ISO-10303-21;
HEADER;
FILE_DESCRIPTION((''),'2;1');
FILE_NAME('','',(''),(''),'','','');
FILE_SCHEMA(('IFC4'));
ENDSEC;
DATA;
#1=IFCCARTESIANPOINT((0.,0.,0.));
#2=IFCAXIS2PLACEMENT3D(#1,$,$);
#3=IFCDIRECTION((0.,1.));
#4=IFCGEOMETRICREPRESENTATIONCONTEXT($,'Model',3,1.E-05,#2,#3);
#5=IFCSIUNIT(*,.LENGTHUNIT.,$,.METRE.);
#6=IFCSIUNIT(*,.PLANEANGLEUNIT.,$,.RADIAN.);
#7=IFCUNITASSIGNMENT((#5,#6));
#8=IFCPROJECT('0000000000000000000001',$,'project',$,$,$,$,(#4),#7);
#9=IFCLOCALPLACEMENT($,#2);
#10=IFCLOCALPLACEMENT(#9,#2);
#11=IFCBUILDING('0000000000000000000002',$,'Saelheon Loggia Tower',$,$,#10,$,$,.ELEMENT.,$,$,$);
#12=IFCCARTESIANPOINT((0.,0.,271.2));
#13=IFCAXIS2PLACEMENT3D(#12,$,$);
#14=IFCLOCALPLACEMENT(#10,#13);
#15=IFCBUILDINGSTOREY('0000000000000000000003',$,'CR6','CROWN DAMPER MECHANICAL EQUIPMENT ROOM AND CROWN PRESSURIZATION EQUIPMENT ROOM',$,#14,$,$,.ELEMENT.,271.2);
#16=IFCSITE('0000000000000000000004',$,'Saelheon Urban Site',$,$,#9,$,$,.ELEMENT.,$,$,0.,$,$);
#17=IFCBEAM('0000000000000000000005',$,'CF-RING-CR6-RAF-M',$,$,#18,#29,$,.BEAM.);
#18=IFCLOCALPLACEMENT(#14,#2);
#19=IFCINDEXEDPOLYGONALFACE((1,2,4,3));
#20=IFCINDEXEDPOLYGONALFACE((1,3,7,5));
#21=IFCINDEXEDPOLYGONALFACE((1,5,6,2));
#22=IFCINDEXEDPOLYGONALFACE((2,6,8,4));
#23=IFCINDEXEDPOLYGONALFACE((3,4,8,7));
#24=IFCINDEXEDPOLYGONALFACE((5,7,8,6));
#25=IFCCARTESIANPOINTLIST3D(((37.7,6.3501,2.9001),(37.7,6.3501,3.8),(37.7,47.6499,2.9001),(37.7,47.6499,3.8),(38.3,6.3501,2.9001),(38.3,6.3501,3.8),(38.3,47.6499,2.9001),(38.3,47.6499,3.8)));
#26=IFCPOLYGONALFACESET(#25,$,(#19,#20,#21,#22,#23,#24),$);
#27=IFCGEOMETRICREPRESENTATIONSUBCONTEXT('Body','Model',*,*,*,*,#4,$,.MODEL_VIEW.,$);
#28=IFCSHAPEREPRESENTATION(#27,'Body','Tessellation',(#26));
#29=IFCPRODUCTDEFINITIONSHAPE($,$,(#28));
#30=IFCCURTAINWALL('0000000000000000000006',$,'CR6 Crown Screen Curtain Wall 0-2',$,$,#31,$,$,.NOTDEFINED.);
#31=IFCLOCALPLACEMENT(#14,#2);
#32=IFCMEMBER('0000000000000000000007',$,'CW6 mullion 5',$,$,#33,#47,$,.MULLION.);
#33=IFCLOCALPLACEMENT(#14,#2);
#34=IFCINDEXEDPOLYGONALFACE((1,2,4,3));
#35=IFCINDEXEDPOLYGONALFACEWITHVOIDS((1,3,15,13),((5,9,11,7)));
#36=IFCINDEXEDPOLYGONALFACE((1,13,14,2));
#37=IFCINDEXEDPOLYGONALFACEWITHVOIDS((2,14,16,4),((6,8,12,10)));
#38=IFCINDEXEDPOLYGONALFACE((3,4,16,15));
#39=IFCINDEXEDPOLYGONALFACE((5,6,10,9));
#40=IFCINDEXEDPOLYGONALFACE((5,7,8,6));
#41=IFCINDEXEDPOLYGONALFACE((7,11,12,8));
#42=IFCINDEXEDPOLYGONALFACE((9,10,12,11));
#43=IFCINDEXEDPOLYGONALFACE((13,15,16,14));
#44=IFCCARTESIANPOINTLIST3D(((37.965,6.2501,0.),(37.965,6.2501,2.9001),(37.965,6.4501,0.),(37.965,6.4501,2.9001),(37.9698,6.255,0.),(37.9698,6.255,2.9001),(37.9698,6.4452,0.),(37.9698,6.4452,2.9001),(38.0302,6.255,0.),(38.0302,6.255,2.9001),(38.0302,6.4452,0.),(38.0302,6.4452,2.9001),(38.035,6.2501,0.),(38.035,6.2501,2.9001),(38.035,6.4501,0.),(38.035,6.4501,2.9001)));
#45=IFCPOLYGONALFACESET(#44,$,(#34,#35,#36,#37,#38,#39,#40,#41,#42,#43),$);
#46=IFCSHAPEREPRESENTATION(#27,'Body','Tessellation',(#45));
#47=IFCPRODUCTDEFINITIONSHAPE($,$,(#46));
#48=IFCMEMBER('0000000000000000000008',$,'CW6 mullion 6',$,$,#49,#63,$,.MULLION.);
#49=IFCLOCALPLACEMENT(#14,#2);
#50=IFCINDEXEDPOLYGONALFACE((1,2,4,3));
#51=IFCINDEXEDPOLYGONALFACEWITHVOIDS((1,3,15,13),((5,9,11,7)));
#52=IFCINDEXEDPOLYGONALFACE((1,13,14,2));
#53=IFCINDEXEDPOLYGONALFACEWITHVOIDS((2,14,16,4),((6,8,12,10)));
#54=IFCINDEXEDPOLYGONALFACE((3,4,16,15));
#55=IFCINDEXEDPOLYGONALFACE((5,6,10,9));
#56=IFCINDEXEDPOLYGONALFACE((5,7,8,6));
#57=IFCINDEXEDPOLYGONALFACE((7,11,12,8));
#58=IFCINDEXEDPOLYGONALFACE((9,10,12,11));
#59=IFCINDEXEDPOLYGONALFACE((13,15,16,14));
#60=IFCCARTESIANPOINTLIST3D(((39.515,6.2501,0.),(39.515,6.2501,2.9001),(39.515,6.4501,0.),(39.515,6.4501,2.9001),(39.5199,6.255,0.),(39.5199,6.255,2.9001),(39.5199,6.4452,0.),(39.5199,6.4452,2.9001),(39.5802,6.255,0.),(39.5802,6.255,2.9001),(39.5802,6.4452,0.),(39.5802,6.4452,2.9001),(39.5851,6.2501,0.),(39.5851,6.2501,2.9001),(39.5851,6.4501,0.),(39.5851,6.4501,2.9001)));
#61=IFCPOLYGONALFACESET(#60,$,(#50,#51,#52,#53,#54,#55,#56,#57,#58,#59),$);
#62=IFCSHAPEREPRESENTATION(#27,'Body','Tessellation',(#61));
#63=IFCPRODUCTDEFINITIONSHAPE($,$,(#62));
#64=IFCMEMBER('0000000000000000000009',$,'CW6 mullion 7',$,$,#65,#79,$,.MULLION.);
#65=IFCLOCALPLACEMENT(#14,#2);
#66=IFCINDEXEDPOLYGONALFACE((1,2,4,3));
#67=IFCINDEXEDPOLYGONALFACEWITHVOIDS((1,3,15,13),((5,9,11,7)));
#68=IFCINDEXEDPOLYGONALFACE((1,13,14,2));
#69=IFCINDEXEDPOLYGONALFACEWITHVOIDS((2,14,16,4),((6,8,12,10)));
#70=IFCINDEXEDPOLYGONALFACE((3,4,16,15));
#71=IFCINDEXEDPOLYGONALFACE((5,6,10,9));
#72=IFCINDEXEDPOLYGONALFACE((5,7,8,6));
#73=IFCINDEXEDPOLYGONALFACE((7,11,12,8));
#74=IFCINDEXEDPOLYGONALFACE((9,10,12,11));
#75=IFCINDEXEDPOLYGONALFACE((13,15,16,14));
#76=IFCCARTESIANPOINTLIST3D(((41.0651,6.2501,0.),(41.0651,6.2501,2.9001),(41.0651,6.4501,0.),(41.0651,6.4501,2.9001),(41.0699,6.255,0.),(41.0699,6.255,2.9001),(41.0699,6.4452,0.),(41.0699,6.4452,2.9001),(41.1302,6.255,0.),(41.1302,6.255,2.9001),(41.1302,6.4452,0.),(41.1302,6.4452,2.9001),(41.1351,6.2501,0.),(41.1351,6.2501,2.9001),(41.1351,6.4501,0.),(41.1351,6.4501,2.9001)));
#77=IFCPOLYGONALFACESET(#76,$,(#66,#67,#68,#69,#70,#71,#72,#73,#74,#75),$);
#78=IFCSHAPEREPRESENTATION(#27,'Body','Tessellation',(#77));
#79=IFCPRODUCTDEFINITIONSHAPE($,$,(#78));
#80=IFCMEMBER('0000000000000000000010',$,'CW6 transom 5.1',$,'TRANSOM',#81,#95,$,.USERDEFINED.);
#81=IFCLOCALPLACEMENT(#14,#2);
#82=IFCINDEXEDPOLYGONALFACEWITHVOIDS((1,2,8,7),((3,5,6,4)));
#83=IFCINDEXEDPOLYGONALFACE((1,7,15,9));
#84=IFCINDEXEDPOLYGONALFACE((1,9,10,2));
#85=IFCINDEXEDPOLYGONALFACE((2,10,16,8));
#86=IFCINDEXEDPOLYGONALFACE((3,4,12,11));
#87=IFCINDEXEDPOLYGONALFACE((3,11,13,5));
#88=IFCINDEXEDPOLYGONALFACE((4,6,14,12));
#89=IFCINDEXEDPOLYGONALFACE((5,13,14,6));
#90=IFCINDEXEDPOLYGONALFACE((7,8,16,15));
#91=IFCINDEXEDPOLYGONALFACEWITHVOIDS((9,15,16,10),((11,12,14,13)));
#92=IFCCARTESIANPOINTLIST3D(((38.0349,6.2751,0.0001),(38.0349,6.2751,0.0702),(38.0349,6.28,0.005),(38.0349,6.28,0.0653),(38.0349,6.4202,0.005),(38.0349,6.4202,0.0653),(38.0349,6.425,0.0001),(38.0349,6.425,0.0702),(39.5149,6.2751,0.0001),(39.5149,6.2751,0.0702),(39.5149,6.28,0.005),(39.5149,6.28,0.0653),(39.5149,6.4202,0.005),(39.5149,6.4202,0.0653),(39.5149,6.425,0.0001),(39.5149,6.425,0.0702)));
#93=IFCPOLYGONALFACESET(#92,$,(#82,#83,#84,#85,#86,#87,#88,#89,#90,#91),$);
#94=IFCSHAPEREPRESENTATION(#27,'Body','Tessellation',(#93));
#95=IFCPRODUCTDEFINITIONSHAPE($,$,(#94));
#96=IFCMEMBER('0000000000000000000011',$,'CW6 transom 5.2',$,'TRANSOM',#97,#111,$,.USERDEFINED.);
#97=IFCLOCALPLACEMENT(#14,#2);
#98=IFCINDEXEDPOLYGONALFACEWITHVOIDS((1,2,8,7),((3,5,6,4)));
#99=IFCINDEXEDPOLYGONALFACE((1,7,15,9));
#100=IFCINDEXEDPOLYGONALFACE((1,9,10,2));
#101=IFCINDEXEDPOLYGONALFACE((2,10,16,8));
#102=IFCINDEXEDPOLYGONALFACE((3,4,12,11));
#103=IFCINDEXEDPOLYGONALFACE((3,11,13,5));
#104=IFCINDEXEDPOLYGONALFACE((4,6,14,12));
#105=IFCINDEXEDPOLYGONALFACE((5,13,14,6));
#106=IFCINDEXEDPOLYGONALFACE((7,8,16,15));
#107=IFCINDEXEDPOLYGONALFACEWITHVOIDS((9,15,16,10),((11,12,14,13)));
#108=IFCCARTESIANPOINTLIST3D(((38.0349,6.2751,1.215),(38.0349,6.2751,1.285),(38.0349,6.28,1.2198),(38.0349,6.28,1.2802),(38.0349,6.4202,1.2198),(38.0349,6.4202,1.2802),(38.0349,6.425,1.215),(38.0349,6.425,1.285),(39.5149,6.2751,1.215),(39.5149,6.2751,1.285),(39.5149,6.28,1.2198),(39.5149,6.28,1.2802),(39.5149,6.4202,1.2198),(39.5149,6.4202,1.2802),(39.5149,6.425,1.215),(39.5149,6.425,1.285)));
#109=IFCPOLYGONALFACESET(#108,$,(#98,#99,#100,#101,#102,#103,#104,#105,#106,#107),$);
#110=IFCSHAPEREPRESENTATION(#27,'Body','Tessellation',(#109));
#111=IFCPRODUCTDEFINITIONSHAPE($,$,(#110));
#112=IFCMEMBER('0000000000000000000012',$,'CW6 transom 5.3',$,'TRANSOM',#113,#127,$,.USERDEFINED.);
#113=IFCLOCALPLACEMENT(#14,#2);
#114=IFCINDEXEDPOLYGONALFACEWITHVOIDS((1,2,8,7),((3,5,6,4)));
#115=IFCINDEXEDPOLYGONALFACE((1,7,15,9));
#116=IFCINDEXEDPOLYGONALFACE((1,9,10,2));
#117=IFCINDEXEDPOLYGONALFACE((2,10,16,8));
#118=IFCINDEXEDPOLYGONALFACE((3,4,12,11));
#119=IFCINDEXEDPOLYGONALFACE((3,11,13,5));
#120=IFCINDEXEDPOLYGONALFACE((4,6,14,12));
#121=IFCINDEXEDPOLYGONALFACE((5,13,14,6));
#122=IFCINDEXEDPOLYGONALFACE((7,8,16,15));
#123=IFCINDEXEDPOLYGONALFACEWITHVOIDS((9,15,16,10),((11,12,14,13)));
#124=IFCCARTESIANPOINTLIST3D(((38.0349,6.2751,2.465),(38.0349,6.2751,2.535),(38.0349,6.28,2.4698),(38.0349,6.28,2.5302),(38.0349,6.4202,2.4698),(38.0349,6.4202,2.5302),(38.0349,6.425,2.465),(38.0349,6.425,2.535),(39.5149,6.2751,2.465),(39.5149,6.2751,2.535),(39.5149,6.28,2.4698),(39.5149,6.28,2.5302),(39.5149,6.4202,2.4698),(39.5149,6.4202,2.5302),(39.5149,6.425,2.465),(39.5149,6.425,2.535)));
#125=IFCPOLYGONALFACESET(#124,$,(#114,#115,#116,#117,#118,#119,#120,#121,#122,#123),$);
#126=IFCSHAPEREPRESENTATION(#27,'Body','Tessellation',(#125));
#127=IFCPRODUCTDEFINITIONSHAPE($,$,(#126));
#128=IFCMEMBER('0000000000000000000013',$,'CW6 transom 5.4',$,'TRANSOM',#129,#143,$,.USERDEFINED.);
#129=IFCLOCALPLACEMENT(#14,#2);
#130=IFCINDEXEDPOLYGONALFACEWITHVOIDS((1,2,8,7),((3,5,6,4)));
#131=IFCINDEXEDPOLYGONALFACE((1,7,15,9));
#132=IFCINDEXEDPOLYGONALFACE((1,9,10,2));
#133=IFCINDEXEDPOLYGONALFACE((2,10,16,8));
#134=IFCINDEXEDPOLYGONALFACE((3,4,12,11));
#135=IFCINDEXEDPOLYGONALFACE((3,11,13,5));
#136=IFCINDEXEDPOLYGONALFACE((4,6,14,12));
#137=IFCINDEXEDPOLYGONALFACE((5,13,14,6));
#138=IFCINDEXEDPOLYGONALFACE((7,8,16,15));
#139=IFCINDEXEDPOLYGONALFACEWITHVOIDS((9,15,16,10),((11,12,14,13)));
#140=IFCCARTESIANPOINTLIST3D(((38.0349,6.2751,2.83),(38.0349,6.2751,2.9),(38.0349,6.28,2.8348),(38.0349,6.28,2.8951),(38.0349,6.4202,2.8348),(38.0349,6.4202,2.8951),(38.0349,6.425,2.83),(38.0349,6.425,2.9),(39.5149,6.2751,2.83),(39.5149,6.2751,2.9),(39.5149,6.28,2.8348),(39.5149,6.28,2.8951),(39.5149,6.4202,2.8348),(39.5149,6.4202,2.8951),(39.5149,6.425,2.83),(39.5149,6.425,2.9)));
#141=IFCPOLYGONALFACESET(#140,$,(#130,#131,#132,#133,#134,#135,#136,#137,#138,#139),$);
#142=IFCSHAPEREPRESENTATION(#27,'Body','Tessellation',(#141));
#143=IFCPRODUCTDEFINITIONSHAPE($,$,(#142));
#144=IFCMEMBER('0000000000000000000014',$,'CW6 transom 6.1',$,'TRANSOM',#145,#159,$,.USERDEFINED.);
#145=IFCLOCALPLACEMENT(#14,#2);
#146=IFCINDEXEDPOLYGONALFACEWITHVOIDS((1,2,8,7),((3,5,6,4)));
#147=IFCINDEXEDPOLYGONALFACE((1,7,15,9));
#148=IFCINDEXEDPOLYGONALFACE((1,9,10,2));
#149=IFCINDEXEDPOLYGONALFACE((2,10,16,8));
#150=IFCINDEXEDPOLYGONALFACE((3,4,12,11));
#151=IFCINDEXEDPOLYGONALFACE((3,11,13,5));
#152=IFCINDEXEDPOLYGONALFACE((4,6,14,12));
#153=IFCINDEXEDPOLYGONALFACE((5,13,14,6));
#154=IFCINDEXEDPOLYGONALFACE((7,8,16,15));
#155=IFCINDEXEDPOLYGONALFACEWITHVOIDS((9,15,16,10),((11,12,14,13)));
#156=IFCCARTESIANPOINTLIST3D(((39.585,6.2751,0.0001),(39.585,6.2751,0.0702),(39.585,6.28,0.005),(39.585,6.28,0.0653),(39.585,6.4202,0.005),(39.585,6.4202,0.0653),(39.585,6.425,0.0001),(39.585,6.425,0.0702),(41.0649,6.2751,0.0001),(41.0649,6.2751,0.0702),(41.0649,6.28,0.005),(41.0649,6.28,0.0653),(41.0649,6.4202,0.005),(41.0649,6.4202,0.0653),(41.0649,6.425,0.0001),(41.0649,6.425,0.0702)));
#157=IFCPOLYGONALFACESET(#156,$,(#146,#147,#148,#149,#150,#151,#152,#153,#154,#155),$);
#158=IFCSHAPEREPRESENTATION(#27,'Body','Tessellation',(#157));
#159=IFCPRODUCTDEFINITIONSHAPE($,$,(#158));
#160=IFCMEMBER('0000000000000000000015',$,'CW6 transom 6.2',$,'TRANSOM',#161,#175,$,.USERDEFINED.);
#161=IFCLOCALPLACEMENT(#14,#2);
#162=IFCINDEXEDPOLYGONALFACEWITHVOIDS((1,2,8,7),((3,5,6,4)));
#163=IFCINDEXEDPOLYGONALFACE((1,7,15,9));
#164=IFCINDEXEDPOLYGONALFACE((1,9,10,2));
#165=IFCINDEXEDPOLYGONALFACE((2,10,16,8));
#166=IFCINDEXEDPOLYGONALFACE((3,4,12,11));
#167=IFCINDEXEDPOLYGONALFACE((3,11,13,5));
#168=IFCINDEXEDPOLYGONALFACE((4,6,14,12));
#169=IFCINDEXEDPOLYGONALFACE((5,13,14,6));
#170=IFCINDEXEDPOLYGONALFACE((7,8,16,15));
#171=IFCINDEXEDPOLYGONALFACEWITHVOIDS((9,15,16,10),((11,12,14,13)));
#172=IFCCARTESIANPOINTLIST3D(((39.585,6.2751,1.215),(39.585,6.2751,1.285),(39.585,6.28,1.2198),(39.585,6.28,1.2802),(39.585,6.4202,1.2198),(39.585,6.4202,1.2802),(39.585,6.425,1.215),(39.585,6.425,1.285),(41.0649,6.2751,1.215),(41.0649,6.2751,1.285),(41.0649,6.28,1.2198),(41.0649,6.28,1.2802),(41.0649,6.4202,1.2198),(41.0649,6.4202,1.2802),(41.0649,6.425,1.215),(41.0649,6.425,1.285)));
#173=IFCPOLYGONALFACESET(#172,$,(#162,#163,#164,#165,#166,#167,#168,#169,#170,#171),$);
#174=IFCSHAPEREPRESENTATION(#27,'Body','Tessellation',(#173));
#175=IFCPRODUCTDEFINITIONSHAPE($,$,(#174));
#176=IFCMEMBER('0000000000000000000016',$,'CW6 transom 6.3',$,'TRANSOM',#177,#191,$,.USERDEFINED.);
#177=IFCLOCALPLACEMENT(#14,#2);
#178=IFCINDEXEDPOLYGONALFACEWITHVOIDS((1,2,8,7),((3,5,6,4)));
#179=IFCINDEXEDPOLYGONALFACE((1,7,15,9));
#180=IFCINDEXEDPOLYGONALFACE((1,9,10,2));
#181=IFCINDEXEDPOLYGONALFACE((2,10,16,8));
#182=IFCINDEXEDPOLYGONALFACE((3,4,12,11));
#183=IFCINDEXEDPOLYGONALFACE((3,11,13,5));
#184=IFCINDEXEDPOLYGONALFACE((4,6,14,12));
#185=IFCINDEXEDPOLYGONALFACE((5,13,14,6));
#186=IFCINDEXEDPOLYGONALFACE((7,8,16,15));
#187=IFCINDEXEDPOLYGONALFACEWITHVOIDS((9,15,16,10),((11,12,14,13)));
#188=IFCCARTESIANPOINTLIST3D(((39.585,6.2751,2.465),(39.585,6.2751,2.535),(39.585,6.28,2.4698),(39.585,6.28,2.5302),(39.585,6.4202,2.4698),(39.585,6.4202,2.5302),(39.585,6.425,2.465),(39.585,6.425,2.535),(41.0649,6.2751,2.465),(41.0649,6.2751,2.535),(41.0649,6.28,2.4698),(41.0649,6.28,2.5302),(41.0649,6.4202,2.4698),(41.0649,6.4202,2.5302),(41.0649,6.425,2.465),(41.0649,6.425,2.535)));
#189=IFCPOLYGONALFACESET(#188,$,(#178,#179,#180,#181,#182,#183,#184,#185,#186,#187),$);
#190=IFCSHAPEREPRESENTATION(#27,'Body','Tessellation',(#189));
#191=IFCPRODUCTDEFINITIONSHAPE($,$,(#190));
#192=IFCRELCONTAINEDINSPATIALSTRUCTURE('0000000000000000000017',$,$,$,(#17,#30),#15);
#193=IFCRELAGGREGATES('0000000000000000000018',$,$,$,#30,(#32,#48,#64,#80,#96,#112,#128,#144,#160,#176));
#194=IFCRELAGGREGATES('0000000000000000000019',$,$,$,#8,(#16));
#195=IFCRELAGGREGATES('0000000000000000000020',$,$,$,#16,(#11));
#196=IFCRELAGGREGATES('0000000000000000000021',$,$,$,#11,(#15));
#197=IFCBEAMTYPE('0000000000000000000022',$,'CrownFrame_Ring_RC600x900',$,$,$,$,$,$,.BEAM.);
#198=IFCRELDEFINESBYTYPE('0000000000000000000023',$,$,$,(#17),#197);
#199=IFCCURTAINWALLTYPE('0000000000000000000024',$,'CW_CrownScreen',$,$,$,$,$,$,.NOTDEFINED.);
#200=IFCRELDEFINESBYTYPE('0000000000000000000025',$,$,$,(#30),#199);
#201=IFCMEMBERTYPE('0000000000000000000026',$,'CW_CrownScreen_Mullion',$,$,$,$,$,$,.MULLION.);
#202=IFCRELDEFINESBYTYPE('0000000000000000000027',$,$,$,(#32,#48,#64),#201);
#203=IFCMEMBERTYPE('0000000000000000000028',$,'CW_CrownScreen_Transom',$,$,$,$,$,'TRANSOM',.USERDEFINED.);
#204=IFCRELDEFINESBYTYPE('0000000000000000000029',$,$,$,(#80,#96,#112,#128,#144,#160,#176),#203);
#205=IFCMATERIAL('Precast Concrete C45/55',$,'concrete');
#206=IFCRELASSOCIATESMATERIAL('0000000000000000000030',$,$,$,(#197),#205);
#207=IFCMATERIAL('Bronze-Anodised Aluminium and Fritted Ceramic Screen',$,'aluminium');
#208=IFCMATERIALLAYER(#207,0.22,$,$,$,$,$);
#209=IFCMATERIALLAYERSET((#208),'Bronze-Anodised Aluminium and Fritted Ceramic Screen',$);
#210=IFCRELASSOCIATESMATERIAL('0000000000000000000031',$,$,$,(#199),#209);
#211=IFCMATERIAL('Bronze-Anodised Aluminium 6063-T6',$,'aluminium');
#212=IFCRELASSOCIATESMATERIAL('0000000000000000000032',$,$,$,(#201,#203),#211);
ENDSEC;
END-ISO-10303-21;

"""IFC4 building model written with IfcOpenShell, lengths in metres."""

from ifc_helpers import new_model, si_unit, direction, frame, origin, origin_2d, place, context, subcontext, project, spatial, rectangle, hollow_rectangle, extrude, source, transform, mapped, material, layer, layer_set, material_profile, profile_set, type_object, element, aggregate, save


model = new_model("IFC4")

# Units and contexts
model_context = context("Model", 3, precision=1e-05, world=origin(), true_north=direction((0.0, 1.0)))
body_context = subcontext(model_context, "Body", "Model", "MODEL_VIEW")
ifc_project = project(units=[si_unit("LENGTHUNIT", "METRE"), si_unit("PLANEANGLEUNIT", "RADIAN")], contexts=[model_context])

# Site, building, storey
site_placement = place(None, origin())
site = spatial("IfcSite", under=ifc_project, at=site_placement, Name="Saelheon Urban Site", CompositionType="ELEMENT", RefElevation=0.0)
building_placement = place(site_placement, origin())
building = spatial("IfcBuilding", under=site, at=building_placement, Name="Saelheon Loggia Tower", CompositionType="ELEMENT")
storey_placement = place(building_placement, frame((0.0, 0.0, 271.2)))
storey = spatial("IfcBuildingStorey", under=building, at=storey_placement, Name="CR6", Description="CROWN DAMPER MECHANICAL EQUIPMENT ROOM AND CROWN PRESSURIZATION EQUIPMENT ROOM", CompositionType="ELEMENT", Elevation=271.2)

# Beam
ifc_material_1 = material(Name="Precast Concrete C45/55", Category="concrete")
ifc_material_profile_1 = material_profile(ifc_material_1, rectangle(XDim=0.6001, YDim=0.8999, at=origin_2d()), Name="RC-600x900")
ifc_profile_set_1 = profile_set([ifc_material_profile_1], Name="Precast Concrete C45/55")
beam_type = type_object("IfcBeamType", Name="CrownFrame_Ring_RC600x900", PredefinedType="BEAM", material=ifc_profile_set_1)
shared_shape_1 = source(origin(), body_context, "Body", "SweptSolid", [
    extrude(rectangle(XDim=0.6001, YDim=0.8999, at=origin_2d()), origin(), (0.0, 0.0, 1.0), 41.2998),
])
beam_placement = place(storey_placement, frame((38.0, 6.3501, 3.3501), z_axis=(0.0, 1.0, 0.0), x_axis=(-1.0, 0.0, 0.0)))
element("IfcBeam", 1, at=beam_placement, inside=storey, type_object=beam_type, Name="CF-RING-CR6-RAF-M", PredefinedType="BEAM", context=body_context, shape_type="MappedRepresentation", body=[
    mapped(shared_shape_1, transform((0.0, 0.0, 0.0), scale=1.0)),
])

# Curtain wall, members
ifc_material_2 = material(Name="Bronze-Anodised Aluminium and Fritted Ceramic Screen", Category="aluminium")
ifc_layer_1 = layer(ifc_material_2, 0.22)
ifc_layer_set_1 = layer_set([ifc_layer_1], Name="Bronze-Anodised Aluminium and Fritted Ceramic Screen")
curtain_wall_type = type_object("IfcCurtainWallType", Name="CW_CrownScreen", PredefinedType="NOTDEFINED", material=ifc_layer_set_1)
curtain_wall_placement = place(storey_placement, origin())
curtain_wall = element("IfcCurtainWall", 2, at=curtain_wall_placement, inside=storey, type_object=curtain_wall_type, Name="CR6 Crown Screen Curtain Wall 0-2", PredefinedType="NOTDEFINED")
ifc_material_3 = material(Name="Bronze-Anodised Aluminium 6063-T6", Category="aluminium")
ifc_material_profile_2 = material_profile(ifc_material_3, hollow_rectangle(XDim=0.0701, YDim=0.2, WallThickness=0.0049, at=origin_2d()), Name="RHS-200x70x5")
ifc_profile_set_2 = profile_set([ifc_material_profile_2], Name="Bronze-Anodised Aluminium 6063-T6")
member_type_1 = type_object("IfcMemberType", Name="CW_CrownScreen_Mullion", PredefinedType="MULLION", material=ifc_profile_set_2)
shared_shape_2 = source(origin(), body_context, "Body", "SweptSolid", [
    extrude(hollow_rectangle(XDim=0.0701, YDim=0.2, WallThickness=0.0049, at=origin_2d()), origin(), (0.0, 0.0, 1.0), 2.9001),
])
member_1_placement = place(storey_placement, frame((38.0, 6.3501, 0.0), z_axis=(0.0, 0.0, 1.0), x_axis=(1.0, 0.0, 0.0)))
member_1 = element("IfcMember", 3, at=member_1_placement, type_object=member_type_1, Name="CW6 mullion 5", PredefinedType="MULLION", context=body_context, shape_type="MappedRepresentation", body=[
    mapped(shared_shape_2, transform((0.0, 0.0, 0.0), scale=1.0)),
])
member_2_placement = place(storey_placement, frame((39.55, 6.3501, 0.0), z_axis=(0.0, 0.0, 1.0), x_axis=(1.0, 0.0, 0.0)))
member_2 = element("IfcMember", 4, at=member_2_placement, type_object=member_type_1, Name="CW6 mullion 6", PredefinedType="MULLION", context=body_context, shape_type="MappedRepresentation", body=[
    mapped(shared_shape_2, transform((0.0, 0.0, 0.0), scale=1.0)),
])
member_3_placement = place(storey_placement, frame((41.1001, 6.3501, 0.0), z_axis=(0.0, 0.0, 1.0), x_axis=(1.0, 0.0, 0.0)))
member_3 = element("IfcMember", 5, at=member_3_placement, type_object=member_type_1, Name="CW6 mullion 7", PredefinedType="MULLION", context=body_context, shape_type="MappedRepresentation", body=[
    mapped(shared_shape_2, transform((0.0, 0.0, 0.0), scale=1.0)),
])
ifc_material_profile_3 = material_profile(ifc_material_3, hollow_rectangle(XDim=0.0701, YDim=0.1499, WallThickness=0.0049, at=origin_2d()), Name="RHS-150x70x5")
ifc_profile_set_3 = profile_set([ifc_material_profile_3], Name="Bronze-Anodised Aluminium 6063-T6")
member_type_2 = type_object("IfcMemberType", Name="CW_CrownScreen_Transom", ElementType="TRANSOM", PredefinedType="USERDEFINED", material=ifc_profile_set_3)
shared_shape_3 = source(origin(), body_context, "Body", "SweptSolid", [
    extrude(hollow_rectangle(XDim=0.0701, YDim=0.1499, WallThickness=0.0049, at=origin_2d()), origin(), (0.0, 0.0, 1.0), 1.48),
])
member_4_placement = place(storey_placement, frame((38.0349, 6.3501, 0.0352), z_axis=(1.0, 0.0, 0.0), x_axis=(0.0, 0.0, 1.0)))
member_4 = element("IfcMember", 6, at=member_4_placement, type_object=member_type_2, Name="CW6 transom 5.1", ObjectType="TRANSOM", PredefinedType="USERDEFINED", context=body_context, shape_type="MappedRepresentation", body=[
    mapped(shared_shape_3, transform((0.0, 0.0, 0.0), scale=1.0)),
])
member_5_placement = place(storey_placement, frame((38.0349, 6.3501, 1.25), z_axis=(1.0, 0.0, 0.0), x_axis=(0.0, 0.0, 1.0)))
member_5 = element("IfcMember", 7, at=member_5_placement, type_object=member_type_2, Name="CW6 transom 5.2", ObjectType="TRANSOM", PredefinedType="USERDEFINED", context=body_context, shape_type="MappedRepresentation", body=[
    mapped(shared_shape_3, transform((0.0, 0.0, 0.0), scale=1.0)),
])
member_6_placement = place(storey_placement, frame((38.0349, 6.3501, 2.5), z_axis=(1.0, 0.0, 0.0), x_axis=(0.0, 0.0, 1.0)))
member_6 = element("IfcMember", 8, at=member_6_placement, type_object=member_type_2, Name="CW6 transom 5.3", ObjectType="TRANSOM", PredefinedType="USERDEFINED", context=body_context, shape_type="MappedRepresentation", body=[
    mapped(shared_shape_3, transform((0.0, 0.0, 0.0), scale=1.0)),
])
member_7_placement = place(storey_placement, frame((38.0349, 6.3501, 2.865), z_axis=(1.0, 0.0, 0.0), x_axis=(0.0, 0.0, 1.0)))
member_7 = element("IfcMember", 9, at=member_7_placement, type_object=member_type_2, Name="CW6 transom 5.4", ObjectType="TRANSOM", PredefinedType="USERDEFINED", context=body_context, shape_type="MappedRepresentation", body=[
    mapped(shared_shape_3, transform((0.0, 0.0, 0.0), scale=1.0)),
])
member_8_placement = place(storey_placement, frame((39.585, 6.3501, 0.0352), z_axis=(1.0, 0.0, 0.0), x_axis=(0.0, 0.0, 1.0)))
member_8 = element("IfcMember", 10, at=member_8_placement, type_object=member_type_2, Name="CW6 transom 6.1", ObjectType="TRANSOM", PredefinedType="USERDEFINED", context=body_context, shape_type="MappedRepresentation", body=[
    mapped(shared_shape_3, transform((0.0, 0.0, 0.0), scale=1.0)),
])
member_9_placement = place(storey_placement, frame((39.585, 6.3501, 1.25), z_axis=(1.0, 0.0, 0.0), x_axis=(0.0, 0.0, 1.0)))
member_9 = element("IfcMember", 11, at=member_9_placement, type_object=member_type_2, Name="CW6 transom 6.2", ObjectType="TRANSOM", PredefinedType="USERDEFINED", context=body_context, shape_type="MappedRepresentation", body=[
    mapped(shared_shape_3, transform((0.0, 0.0, 0.0), scale=1.0)),
])
member_10_placement = place(storey_placement, frame((39.585, 6.3501, 2.5), z_axis=(1.0, 0.0, 0.0), x_axis=(0.0, 0.0, 1.0)))
member_10 = element("IfcMember", 12, at=member_10_placement, type_object=member_type_2, Name="CW6 transom 6.3", ObjectType="TRANSOM", PredefinedType="USERDEFINED", context=body_context, shape_type="MappedRepresentation", body=[
    mapped(shared_shape_3, transform((0.0, 0.0, 0.0), scale=1.0)),
])
aggregate(curtain_wall, [member_1, member_2, member_3, member_4, member_5, member_6, member_7, member_8, member_9, member_10])

save(model, "model.ifc")
